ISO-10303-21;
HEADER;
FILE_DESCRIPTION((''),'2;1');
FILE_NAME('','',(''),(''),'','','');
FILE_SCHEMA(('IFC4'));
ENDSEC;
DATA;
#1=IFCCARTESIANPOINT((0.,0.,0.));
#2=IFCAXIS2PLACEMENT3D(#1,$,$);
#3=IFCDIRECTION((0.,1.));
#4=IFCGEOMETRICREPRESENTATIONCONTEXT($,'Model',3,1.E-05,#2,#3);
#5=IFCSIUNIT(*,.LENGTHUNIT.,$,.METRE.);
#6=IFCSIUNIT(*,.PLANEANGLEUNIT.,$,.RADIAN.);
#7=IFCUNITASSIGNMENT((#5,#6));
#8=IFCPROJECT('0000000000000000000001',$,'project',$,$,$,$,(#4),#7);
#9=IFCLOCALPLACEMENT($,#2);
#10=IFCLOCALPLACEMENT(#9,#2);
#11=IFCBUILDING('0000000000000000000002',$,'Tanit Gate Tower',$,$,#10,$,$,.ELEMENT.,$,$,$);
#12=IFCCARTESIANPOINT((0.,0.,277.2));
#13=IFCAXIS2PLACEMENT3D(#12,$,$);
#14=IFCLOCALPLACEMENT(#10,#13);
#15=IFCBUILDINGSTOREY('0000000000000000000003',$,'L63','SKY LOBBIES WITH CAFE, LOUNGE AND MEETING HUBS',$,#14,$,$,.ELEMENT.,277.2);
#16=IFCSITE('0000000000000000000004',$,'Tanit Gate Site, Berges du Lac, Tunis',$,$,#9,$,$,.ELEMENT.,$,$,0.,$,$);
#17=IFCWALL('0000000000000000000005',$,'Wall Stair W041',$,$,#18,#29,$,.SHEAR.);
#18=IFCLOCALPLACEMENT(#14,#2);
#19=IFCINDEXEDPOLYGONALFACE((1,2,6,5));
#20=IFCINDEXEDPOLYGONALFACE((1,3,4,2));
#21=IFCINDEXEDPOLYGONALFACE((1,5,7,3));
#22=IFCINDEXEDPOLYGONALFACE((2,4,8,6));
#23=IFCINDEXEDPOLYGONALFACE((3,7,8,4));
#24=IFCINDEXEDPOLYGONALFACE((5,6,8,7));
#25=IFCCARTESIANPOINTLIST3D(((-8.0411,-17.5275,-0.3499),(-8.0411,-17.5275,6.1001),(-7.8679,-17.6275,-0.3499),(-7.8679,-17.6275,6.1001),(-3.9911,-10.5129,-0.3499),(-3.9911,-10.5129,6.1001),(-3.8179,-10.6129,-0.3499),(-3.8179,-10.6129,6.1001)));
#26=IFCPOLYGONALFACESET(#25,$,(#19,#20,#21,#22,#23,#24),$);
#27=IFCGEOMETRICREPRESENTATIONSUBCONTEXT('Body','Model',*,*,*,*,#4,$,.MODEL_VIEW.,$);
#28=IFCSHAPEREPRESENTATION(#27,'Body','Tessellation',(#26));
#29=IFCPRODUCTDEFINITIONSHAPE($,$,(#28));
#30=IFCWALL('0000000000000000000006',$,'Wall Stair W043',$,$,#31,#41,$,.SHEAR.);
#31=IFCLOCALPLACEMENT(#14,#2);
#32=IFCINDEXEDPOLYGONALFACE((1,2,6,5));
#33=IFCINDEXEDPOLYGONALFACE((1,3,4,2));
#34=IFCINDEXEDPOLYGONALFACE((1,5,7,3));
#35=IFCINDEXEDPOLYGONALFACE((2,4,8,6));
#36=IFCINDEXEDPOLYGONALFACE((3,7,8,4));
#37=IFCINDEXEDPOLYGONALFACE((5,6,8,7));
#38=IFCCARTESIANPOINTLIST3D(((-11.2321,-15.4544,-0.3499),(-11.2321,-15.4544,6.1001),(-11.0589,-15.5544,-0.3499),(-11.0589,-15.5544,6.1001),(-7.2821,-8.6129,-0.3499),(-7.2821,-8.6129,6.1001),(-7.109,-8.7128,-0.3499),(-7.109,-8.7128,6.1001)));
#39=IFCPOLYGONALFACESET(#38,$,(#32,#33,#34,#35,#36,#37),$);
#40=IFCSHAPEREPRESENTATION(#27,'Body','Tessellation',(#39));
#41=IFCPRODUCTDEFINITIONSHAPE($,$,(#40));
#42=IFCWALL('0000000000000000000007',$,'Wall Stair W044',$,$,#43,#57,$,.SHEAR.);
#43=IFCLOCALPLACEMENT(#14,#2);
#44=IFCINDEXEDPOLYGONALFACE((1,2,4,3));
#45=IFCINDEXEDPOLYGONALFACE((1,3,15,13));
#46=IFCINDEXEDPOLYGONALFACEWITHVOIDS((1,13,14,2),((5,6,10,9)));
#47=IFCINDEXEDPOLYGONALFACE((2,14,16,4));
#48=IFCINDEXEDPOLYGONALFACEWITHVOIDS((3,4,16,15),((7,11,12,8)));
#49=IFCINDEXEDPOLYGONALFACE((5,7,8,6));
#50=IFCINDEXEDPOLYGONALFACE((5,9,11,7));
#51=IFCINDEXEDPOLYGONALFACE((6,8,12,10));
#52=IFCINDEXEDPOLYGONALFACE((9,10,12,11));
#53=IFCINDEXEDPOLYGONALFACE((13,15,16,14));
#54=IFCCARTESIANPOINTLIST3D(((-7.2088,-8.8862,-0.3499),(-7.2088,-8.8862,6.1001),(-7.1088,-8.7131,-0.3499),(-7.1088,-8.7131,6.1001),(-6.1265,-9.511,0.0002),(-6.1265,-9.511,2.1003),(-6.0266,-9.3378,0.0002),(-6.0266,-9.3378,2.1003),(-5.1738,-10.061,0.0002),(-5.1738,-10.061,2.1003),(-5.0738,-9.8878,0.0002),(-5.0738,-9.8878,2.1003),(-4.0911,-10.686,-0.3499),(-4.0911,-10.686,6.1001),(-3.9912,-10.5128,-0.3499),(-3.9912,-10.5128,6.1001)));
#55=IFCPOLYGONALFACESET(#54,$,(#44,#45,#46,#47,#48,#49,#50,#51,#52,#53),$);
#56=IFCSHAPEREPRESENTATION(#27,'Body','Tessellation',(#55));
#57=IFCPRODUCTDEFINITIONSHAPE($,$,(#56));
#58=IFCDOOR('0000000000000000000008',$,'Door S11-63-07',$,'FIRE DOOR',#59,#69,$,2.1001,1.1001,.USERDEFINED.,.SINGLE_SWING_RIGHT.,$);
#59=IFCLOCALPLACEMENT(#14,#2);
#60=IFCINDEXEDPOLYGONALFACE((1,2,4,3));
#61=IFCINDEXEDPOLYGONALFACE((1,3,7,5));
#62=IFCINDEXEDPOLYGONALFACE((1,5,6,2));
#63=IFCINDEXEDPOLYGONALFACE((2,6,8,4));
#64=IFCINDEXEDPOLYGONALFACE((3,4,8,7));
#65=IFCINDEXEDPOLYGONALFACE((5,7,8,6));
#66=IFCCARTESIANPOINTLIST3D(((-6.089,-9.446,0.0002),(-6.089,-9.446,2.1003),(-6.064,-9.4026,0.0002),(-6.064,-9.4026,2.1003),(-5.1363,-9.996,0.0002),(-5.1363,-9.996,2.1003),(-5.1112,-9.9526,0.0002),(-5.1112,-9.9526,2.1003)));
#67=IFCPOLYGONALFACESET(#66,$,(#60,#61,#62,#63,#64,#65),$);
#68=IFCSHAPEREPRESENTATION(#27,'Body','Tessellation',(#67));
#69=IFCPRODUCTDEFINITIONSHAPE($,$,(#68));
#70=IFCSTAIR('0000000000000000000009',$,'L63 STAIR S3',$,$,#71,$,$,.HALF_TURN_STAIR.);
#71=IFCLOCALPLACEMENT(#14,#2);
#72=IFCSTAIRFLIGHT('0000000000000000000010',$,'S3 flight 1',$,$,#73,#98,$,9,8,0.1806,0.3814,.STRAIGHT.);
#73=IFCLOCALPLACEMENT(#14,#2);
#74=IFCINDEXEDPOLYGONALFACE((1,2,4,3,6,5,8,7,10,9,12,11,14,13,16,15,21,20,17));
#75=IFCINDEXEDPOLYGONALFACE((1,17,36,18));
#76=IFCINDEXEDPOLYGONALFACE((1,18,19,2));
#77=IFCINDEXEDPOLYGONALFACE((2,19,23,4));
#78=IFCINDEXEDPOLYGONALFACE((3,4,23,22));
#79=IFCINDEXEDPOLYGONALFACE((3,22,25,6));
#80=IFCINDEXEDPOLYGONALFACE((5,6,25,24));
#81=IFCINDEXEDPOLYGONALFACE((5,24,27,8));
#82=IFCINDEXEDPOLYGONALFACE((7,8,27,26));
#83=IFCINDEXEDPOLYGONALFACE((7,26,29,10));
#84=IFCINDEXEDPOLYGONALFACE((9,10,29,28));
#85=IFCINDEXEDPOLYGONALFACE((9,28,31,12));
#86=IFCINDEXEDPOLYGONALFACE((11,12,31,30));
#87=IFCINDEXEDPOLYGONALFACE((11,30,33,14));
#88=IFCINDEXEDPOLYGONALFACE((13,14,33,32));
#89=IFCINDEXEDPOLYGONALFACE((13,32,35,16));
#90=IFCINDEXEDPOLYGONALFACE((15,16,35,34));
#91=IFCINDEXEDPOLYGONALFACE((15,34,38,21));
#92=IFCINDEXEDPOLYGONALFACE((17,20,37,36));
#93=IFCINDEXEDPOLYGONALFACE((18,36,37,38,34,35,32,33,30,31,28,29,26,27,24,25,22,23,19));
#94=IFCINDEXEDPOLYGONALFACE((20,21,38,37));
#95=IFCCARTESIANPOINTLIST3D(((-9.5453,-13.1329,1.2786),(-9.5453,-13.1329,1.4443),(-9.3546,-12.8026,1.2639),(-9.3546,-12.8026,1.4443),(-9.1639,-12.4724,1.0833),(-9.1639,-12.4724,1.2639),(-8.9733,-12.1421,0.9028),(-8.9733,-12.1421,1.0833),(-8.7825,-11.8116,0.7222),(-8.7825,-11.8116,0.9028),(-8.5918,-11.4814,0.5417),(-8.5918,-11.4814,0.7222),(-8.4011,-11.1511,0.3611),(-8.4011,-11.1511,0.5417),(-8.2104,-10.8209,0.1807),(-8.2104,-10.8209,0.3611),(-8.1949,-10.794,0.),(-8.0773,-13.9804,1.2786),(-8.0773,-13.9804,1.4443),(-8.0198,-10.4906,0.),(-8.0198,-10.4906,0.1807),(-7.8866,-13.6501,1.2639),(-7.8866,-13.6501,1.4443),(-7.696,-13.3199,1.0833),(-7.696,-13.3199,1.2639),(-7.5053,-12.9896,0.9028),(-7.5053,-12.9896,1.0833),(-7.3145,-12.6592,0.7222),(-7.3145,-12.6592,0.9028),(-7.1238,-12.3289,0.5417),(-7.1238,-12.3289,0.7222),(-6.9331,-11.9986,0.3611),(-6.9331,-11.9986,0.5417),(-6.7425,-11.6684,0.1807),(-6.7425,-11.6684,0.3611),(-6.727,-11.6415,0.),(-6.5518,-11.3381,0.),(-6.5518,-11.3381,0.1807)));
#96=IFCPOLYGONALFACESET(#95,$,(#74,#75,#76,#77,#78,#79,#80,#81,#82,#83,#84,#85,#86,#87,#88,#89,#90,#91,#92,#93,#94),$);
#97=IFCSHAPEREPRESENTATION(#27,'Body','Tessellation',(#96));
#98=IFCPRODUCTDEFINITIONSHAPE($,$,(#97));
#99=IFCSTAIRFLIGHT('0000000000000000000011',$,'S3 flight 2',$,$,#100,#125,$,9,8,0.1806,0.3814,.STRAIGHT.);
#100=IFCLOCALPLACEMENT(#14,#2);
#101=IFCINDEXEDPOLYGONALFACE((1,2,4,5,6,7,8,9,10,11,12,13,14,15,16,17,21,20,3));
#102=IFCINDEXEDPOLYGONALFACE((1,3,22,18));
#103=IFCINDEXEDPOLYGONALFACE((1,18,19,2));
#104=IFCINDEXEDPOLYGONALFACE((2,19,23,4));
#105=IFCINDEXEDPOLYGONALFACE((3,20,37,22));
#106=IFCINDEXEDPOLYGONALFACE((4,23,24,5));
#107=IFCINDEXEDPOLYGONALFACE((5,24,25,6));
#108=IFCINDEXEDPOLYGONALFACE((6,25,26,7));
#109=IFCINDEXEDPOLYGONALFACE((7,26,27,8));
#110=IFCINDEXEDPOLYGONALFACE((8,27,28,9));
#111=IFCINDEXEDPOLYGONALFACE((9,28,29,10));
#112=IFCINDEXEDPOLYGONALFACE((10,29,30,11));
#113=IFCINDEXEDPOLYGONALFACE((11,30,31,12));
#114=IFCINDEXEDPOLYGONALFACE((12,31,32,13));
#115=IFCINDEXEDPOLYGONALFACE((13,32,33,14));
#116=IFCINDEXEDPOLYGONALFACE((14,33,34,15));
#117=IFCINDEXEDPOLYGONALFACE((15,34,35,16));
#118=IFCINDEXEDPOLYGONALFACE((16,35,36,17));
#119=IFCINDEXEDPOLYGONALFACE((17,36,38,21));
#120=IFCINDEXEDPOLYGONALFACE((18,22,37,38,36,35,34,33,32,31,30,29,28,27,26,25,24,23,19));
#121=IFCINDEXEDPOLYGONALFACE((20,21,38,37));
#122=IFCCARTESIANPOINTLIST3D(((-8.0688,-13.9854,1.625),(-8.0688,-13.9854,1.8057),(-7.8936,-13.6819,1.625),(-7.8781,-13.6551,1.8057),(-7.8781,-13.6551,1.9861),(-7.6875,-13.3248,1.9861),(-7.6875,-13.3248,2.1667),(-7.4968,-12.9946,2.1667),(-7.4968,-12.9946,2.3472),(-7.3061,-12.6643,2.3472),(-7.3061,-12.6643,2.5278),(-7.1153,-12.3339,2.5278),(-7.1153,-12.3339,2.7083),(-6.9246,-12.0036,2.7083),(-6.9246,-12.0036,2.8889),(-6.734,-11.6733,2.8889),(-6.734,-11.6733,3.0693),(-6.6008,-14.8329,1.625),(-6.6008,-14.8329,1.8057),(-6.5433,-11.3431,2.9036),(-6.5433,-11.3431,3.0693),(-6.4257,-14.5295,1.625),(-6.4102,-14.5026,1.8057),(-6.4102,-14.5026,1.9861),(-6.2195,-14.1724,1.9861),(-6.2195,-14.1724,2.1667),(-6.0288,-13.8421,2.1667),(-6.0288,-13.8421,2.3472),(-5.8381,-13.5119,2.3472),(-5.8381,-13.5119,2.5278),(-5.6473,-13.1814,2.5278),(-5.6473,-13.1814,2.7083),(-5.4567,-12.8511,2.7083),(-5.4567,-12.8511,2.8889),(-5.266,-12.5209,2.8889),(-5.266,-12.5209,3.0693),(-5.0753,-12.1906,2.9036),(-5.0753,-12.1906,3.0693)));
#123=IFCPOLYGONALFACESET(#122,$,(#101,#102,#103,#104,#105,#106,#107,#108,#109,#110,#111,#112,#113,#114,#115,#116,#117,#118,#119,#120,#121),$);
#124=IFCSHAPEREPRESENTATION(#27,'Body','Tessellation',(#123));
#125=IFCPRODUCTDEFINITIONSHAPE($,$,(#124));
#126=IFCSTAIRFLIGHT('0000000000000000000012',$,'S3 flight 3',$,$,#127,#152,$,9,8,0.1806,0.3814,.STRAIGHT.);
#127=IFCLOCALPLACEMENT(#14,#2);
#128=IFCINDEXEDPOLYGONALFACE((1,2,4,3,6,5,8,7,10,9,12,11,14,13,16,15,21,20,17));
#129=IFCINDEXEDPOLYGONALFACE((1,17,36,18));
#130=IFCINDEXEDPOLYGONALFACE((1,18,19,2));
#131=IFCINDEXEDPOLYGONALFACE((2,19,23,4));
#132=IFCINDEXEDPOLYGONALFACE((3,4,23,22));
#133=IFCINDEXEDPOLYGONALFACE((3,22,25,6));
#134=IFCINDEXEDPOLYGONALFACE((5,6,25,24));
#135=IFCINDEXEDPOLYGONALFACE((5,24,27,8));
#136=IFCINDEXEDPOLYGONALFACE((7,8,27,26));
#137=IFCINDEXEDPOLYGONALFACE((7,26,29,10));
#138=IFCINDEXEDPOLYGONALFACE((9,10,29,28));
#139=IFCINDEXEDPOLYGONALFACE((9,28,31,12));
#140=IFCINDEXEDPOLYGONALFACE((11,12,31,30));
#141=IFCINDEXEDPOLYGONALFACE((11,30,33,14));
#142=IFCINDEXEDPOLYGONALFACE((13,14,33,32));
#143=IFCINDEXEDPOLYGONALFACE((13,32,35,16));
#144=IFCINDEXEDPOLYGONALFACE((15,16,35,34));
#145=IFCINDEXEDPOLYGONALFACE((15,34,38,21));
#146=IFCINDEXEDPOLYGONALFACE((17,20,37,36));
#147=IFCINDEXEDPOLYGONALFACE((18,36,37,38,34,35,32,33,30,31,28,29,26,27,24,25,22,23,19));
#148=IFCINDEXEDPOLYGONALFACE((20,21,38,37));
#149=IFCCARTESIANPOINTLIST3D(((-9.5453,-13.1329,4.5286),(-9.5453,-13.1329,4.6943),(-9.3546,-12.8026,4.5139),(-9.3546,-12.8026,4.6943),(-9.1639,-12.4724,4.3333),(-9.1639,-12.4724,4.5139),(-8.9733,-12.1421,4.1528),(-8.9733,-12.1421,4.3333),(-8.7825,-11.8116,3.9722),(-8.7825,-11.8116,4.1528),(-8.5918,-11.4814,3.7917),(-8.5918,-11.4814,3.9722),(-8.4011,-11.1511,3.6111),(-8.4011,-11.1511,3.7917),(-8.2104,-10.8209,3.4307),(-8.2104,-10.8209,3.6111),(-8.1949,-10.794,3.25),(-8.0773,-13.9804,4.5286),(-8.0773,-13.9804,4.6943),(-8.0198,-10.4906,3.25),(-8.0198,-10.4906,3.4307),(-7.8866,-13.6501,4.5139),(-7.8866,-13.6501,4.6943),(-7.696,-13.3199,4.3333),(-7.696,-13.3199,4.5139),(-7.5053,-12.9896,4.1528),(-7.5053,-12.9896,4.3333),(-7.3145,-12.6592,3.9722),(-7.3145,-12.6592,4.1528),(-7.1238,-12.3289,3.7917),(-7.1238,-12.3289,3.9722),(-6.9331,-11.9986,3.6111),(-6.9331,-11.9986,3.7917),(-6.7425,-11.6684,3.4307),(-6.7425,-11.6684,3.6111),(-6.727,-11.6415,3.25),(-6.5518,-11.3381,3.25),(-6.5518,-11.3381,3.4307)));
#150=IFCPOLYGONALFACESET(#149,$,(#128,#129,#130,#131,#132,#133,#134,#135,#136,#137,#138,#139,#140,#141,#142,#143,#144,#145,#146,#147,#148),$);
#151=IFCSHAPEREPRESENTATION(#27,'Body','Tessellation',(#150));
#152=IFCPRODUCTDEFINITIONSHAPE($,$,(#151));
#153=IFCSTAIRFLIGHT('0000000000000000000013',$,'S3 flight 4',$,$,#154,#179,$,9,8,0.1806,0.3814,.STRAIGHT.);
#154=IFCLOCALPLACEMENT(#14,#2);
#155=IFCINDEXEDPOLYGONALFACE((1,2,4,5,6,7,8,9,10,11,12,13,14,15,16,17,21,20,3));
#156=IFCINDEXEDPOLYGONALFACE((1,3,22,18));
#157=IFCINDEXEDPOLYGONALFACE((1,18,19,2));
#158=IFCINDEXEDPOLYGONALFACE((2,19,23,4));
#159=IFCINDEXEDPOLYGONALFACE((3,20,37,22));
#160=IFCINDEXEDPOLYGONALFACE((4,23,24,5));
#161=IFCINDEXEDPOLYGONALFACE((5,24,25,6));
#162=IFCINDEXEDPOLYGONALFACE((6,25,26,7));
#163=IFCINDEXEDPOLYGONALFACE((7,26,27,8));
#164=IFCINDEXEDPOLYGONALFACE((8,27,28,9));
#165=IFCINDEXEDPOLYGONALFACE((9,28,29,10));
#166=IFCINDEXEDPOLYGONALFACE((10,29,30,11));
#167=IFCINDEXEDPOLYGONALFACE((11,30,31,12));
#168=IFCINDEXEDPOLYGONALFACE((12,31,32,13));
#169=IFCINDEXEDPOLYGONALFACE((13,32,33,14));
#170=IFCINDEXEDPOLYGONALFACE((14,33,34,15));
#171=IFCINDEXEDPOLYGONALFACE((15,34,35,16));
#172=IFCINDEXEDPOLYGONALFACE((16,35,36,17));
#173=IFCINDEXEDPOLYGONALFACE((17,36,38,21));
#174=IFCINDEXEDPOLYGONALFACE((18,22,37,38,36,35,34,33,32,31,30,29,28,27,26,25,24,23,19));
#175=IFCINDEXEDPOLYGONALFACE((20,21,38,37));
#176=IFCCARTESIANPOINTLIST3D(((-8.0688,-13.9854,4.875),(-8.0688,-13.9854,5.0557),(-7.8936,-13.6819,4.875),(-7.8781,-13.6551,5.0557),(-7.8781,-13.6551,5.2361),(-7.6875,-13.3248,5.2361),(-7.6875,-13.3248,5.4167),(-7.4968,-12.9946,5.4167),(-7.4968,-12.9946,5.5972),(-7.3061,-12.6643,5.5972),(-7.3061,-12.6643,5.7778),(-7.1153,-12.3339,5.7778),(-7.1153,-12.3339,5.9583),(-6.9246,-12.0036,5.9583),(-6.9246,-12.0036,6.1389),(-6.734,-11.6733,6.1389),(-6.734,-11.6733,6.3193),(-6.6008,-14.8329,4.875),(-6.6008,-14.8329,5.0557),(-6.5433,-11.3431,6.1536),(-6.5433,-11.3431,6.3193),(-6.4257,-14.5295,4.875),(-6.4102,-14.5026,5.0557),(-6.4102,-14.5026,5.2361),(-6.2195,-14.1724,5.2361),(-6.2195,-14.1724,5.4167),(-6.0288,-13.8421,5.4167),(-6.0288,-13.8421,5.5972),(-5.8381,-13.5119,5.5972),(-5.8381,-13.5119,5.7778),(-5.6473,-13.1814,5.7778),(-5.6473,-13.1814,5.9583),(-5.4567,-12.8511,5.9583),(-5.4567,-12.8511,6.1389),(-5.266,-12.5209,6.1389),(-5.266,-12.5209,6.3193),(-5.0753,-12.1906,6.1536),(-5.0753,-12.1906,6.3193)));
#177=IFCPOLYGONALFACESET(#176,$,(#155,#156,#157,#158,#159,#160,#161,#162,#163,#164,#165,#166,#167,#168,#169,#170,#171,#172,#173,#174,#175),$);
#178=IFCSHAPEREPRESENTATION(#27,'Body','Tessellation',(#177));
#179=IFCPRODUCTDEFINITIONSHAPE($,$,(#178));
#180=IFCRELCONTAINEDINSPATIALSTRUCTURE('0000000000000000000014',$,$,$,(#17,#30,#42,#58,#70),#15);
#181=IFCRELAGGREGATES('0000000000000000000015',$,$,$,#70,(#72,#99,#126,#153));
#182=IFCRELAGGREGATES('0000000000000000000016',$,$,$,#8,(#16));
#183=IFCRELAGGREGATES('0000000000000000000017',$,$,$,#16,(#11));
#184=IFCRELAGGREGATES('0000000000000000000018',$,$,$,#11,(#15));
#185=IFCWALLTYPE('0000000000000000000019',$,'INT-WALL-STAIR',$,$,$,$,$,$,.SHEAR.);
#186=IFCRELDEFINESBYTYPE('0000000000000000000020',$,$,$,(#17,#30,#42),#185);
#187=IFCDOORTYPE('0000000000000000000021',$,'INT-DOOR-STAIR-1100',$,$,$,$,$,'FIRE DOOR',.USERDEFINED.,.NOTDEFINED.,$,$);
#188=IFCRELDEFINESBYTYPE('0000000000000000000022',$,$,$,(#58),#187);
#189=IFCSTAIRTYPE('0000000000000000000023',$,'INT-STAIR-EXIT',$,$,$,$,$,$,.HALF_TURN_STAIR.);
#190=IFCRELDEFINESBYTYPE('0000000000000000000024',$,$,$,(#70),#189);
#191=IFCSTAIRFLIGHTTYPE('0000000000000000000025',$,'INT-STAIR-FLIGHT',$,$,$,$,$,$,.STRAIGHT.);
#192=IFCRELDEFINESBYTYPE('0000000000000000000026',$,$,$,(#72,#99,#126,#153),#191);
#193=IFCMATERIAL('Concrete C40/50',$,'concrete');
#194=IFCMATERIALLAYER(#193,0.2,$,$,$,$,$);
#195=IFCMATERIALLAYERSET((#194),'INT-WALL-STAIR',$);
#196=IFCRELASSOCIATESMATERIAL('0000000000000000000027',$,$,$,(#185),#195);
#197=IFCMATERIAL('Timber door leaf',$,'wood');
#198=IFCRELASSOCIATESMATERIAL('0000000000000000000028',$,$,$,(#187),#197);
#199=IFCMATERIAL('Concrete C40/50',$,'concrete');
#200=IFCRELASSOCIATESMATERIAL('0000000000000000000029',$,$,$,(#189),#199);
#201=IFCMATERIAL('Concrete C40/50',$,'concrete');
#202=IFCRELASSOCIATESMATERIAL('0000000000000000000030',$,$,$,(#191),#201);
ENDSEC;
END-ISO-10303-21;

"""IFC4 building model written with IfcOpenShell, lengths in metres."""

from ifc_helpers import new_model, si_unit, direction, frame, frame_2d, origin, place, context, subcontext, project, spatial, polyline, rectangle, outline, extrude, material, layer, layer_set, type_object, element, fill, aggregate, save


model = new_model("IFC4")

# Units and contexts
model_context = context("Model", 3, precision=1e-05, world=origin(), true_north=direction((0.0, 1.0)))
body_context = subcontext(model_context, "Body", "Model", "MODEL_VIEW")
ifc_project = project(units=[si_unit("LENGTHUNIT", "METRE"), si_unit("PLANEANGLEUNIT", "RADIAN")], contexts=[model_context])

# Site, building, storey
site_placement = place(None, origin())
site = spatial("IfcSite", under=ifc_project, at=site_placement, Name="Tanit Gate Site, Berges du Lac, Tunis", CompositionType="ELEMENT", RefElevation=0.0)
building_placement = place(site_placement, origin())
building = spatial("IfcBuilding", under=site, at=building_placement, Name="Tanit Gate Tower", CompositionType="ELEMENT")
storey_placement = place(building_placement, frame((0.0, 0.0, 277.2)))
storey = spatial("IfcBuildingStorey", under=building, at=storey_placement, Name="L63", Description="SKY LOBBIES WITH CAFE, LOUNGE AND MEETING HUBS", CompositionType="ELEMENT", Elevation=277.2)

# Walls
ifc_material_1 = material(Name="Concrete C40/50", Category="concrete")
ifc_layer_1 = layer(ifc_material_1, 0.2)
ifc_layer_set_1 = layer_set([ifc_layer_1], Name="INT-WALL-STAIR")
wall_type_1 = type_object("IfcWallType", Name="INT-WALL-STAIR", PredefinedType="SHEAR", material=ifc_layer_set_1)
wall_1_placement = place(storey_placement, frame((-3.9045, -10.563, -0.3499), z_axis=(0.0, 0.0, 1.0), x_axis=(-0.500013, -0.866018, 0.0)))
element("IfcWall", 1, at=wall_1_placement, inside=storey, type_object=wall_type_1, Name="Wall Stair W041", PredefinedType="SHEAR", context=body_context, shape_type="SweptSolid", body=[
    extrude(rectangle(XDim=8.0999, YDim=0.2, at=frame_2d((4.0498, 0.0))), origin(), (0.0, 0.0, 1.0), 6.45),
])
wall_2_placement = place(storey_placement, frame((-7.1956, -8.6628, -0.3499), z_axis=(0.0, 0.0, 1.0), x_axis=(-0.499998, -0.866027, 0.0)))
element("IfcWall", 2, at=wall_2_placement, inside=storey, type_object=wall_type_1, Name="Wall Stair W043", PredefinedType="SHEAR", context=body_context, shape_type="SweptSolid", body=[
    extrude(rectangle(XDim=7.8999, YDim=0.2, at=frame_2d((3.95, 0.0))), origin(), (0.0, 0.0, 1.0), 6.45),
])

# Wall, opening, door
wall_3_placement = place(storey_placement, frame((-4.0413, -10.5994, -0.3499), z_axis=(0.0, 0.0, 1.0), x_axis=(-0.866048, 0.499961, 0.0)))
wall_3 = element("IfcWall", 3, at=wall_3_placement, inside=storey, type_object=wall_type_1, Name="Wall Stair W044", PredefinedType="SHEAR", context=body_context, shape_type="SweptSolid", body=[
    extrude(rectangle(XDim=3.5999, YDim=0.2, at=frame_2d((1.7998, 0.0))), origin(), (0.0, 0.0, 1.0), 6.45),
])
opening_1_placement = place(wall_3_placement, frame((1.25, 0.0, 0.3501)))
opening_1 = element("IfcOpeningElement", 4, at=opening_1_placement, cuts=wall_3, PredefinedType="OPENING", context=body_context, shape_type="SweptSolid", body=[
    extrude(rectangle(XDim=1.1001, YDim=2.1001, at=frame_2d((0.55, 1.05))), frame((0.0, 0.1099, 0.0), z_axis=(0.0, -1.0, 0.0), x_axis=(1.0, 0.0, 0.0)), (0.0, 0.0, 1.0), 0.22),
])
ifc_material_2 = material(Name="Timber door leaf", Category="wood")
door_type_1 = type_object("IfcDoorType", Name="INT-DOOR-STAIR-1100", ElementType="FIRE DOOR", OperationType="NOTDEFINED", PredefinedType="USERDEFINED", material=ifc_material_2)
door_1_placement = place(opening_1_placement, origin())
door_1 = element("IfcDoor", 5, at=door_1_placement, inside=storey, type_object=door_type_1, Name="Door S11-63-07", ObjectType="FIRE DOOR", OperationType="SINGLE_SWING_RIGHT", OverallHeight=2.1001, OverallWidth=1.1001, PredefinedType="USERDEFINED", context=body_context, shape_type="SweptSolid", body=[
    extrude(rectangle(XDim=1.1001, YDim=2.1001, at=frame_2d((0.55, 1.05))), frame((0.0, 0.0249, 0.0), z_axis=(0.0, -1.0, 0.0), x_axis=(1.0, 0.0, 0.0)), (0.0, 0.0, 1.0), 0.05),
])
fill(opening_1, door_1)

# Stair, stair flights
ifc_material_3 = material(Name="Concrete C40/50", Category="concrete")
stair_type = type_object("IfcStairType", Name="INT-STAIR-EXIT", PredefinedType="HALF_TURN_STAIR", material=ifc_material_3)
stair_placement = place(storey_placement, origin())
stair = element("IfcStair", 6, at=stair_placement, inside=storey, type_object=stair_type, Name="L63 STAIR S3", PredefinedType="HALF_TURN_STAIR")
ifc_material_4 = material(Name="Concrete C40/50", Category="concrete")
stair_flight_type = type_object("IfcStairFlightType", Name="INT-STAIR-FLIGHT", PredefinedType="STRAIGHT", material=ifc_material_4)
stair_flight_1_placement = place(storey_placement, frame((-7.2859, -10.9143, 0.0), z_axis=(0.0, 0.0, 1.0), x_axis=(-0.5, -0.866025, 0.0)))
stair_flight_1 = element("IfcStairFlight", 7, at=stair_flight_1_placement, type_object=stair_flight_type, Name="S3 flight 1", NumberOfRisers=9, NumberOfTreads=8, PredefinedType="STRAIGHT", RiserHeight=0.1806, TreadLength=0.3814, context=body_context, shape_type="SweptSolid", body=[
    extrude(outline(polyline([(0.0, 0.0), (0.0, 0.1807), (0.3813, 0.1807), (0.3813, 0.3611), (0.7627, 0.3611), (0.7627, 0.5417), (1.144, 0.5417), (1.144, 0.7222), (1.5254, 0.7222), (1.5254, 0.9028), (1.907, 0.9028), (1.907, 1.0833), (2.2883, 1.0833), (2.2883, 1.2639), (2.6697, 1.2639), (2.6697, 1.4443), (3.051, 1.4443), (3.051, 1.625), (3.051, 1.2786), (0.3503, 0.0), (0.0, 0.0)])), frame((0.0, 0.8477, 0.0), z_axis=(0.0, -1.0, 0.0), x_axis=(1.0, 0.0, 0.0)), (0.0, 0.0, 1.0), 1.6951),
])
stair_flight_2_placement = place(storey_placement, frame((-7.3347, -14.4092, 1.625), z_axis=(0.0, 0.0, 1.0), x_axis=(0.5, 0.866025, 0.0)))
stair_flight_2 = element("IfcStairFlight", 8, at=stair_flight_2_placement, type_object=stair_flight_type, Name="S3 flight 2", NumberOfRisers=9, NumberOfTreads=8, PredefinedType="STRAIGHT", RiserHeight=0.1806, TreadLength=0.3814, context=body_context, shape_type="SweptSolid", body=[
    extrude(outline(polyline([(0.0, 0.0), (0.0, 0.1807), (0.3813, 0.1807), (0.3813, 0.3611), (0.7627, 0.3611), (0.7627, 0.5417), (1.144, 0.5417), (1.144, 0.7222), (1.5254, 0.7222), (1.5254, 0.9028), (1.907, 0.9028), (1.907, 1.0833), (2.2883, 1.0833), (2.2883, 1.2639), (2.6697, 1.2639), (2.6697, 1.4443), (3.051, 1.4443), (3.051, 1.625), (3.051, 1.2786), (0.3503, 0.0), (0.0, 0.0)])), frame((0.0, 0.8477, 0.0), z_axis=(0.0, -1.0, 0.0), x_axis=(1.0, 0.0, 0.0)), (0.0, 0.0, 1.0), 1.6951),
])
stair_flight_3_placement = place(storey_placement, frame((-7.2859, -10.9143, 3.25), z_axis=(0.0, 0.0, 1.0), x_axis=(-0.5, -0.866025, 0.0)))
stair_flight_3 = element("IfcStairFlight", 9, at=stair_flight_3_placement, type_object=stair_flight_type, Name="S3 flight 3", NumberOfRisers=9, NumberOfTreads=8, PredefinedType="STRAIGHT", RiserHeight=0.1806, TreadLength=0.3814, context=body_context, shape_type="SweptSolid", body=[
    extrude(outline(polyline([(0.0, 0.0), (0.0, 0.1807), (0.3813, 0.1807), (0.3813, 0.3611), (0.7627, 0.3611), (0.7627, 0.5417), (1.144, 0.5417), (1.144, 0.7222), (1.5254, 0.7222), (1.5254, 0.9028), (1.907, 0.9028), (1.907, 1.0833), (2.2883, 1.0833), (2.2883, 1.2639), (2.6697, 1.2639), (2.6697, 1.4443), (3.051, 1.4443), (3.051, 1.625), (3.051, 1.2786), (0.3503, 0.0), (0.0, 0.0)])), frame((0.0, 0.8477, 0.0), z_axis=(0.0, -1.0, 0.0), x_axis=(1.0, 0.0, 0.0)), (0.0, 0.0, 1.0), 1.6951),
])
stair_flight_4_placement = place(storey_placement, frame((-7.3347, -14.4092, 4.875), z_axis=(0.0, 0.0, 1.0), x_axis=(0.5, 0.866025, 0.0)))
stair_flight_4 = element("IfcStairFlight", 10, at=stair_flight_4_placement, type_object=stair_flight_type, Name="S3 flight 4", NumberOfRisers=9, NumberOfTreads=8, PredefinedType="STRAIGHT", RiserHeight=0.1806, TreadLength=0.3814, context=body_context, shape_type="SweptSolid", body=[
    extrude(outline(polyline([(0.0, 0.0), (0.0, 0.1807), (0.3813, 0.1807), (0.3813, 0.3611), (0.7627, 0.3611), (0.7627, 0.5417), (1.144, 0.5417), (1.144, 0.7222), (1.5254, 0.7222), (1.5254, 0.9028), (1.907, 0.9028), (1.907, 1.0833), (2.2883, 1.0833), (2.2883, 1.2639), (2.6697, 1.2639), (2.6697, 1.4443), (3.051, 1.4443), (3.051, 1.625), (3.051, 1.2786), (0.3503, 0.0), (0.0, 0.0)])), frame((0.0, 0.8477, 0.0), z_axis=(0.0, -1.0, 0.0), x_axis=(1.0, 0.0, 0.0)), (0.0, 0.0, 1.0), 1.6951),
])
aggregate(stair, [stair_flight_1, stair_flight_2, stair_flight_3, stair_flight_4])

save(model, "model.ifc")
